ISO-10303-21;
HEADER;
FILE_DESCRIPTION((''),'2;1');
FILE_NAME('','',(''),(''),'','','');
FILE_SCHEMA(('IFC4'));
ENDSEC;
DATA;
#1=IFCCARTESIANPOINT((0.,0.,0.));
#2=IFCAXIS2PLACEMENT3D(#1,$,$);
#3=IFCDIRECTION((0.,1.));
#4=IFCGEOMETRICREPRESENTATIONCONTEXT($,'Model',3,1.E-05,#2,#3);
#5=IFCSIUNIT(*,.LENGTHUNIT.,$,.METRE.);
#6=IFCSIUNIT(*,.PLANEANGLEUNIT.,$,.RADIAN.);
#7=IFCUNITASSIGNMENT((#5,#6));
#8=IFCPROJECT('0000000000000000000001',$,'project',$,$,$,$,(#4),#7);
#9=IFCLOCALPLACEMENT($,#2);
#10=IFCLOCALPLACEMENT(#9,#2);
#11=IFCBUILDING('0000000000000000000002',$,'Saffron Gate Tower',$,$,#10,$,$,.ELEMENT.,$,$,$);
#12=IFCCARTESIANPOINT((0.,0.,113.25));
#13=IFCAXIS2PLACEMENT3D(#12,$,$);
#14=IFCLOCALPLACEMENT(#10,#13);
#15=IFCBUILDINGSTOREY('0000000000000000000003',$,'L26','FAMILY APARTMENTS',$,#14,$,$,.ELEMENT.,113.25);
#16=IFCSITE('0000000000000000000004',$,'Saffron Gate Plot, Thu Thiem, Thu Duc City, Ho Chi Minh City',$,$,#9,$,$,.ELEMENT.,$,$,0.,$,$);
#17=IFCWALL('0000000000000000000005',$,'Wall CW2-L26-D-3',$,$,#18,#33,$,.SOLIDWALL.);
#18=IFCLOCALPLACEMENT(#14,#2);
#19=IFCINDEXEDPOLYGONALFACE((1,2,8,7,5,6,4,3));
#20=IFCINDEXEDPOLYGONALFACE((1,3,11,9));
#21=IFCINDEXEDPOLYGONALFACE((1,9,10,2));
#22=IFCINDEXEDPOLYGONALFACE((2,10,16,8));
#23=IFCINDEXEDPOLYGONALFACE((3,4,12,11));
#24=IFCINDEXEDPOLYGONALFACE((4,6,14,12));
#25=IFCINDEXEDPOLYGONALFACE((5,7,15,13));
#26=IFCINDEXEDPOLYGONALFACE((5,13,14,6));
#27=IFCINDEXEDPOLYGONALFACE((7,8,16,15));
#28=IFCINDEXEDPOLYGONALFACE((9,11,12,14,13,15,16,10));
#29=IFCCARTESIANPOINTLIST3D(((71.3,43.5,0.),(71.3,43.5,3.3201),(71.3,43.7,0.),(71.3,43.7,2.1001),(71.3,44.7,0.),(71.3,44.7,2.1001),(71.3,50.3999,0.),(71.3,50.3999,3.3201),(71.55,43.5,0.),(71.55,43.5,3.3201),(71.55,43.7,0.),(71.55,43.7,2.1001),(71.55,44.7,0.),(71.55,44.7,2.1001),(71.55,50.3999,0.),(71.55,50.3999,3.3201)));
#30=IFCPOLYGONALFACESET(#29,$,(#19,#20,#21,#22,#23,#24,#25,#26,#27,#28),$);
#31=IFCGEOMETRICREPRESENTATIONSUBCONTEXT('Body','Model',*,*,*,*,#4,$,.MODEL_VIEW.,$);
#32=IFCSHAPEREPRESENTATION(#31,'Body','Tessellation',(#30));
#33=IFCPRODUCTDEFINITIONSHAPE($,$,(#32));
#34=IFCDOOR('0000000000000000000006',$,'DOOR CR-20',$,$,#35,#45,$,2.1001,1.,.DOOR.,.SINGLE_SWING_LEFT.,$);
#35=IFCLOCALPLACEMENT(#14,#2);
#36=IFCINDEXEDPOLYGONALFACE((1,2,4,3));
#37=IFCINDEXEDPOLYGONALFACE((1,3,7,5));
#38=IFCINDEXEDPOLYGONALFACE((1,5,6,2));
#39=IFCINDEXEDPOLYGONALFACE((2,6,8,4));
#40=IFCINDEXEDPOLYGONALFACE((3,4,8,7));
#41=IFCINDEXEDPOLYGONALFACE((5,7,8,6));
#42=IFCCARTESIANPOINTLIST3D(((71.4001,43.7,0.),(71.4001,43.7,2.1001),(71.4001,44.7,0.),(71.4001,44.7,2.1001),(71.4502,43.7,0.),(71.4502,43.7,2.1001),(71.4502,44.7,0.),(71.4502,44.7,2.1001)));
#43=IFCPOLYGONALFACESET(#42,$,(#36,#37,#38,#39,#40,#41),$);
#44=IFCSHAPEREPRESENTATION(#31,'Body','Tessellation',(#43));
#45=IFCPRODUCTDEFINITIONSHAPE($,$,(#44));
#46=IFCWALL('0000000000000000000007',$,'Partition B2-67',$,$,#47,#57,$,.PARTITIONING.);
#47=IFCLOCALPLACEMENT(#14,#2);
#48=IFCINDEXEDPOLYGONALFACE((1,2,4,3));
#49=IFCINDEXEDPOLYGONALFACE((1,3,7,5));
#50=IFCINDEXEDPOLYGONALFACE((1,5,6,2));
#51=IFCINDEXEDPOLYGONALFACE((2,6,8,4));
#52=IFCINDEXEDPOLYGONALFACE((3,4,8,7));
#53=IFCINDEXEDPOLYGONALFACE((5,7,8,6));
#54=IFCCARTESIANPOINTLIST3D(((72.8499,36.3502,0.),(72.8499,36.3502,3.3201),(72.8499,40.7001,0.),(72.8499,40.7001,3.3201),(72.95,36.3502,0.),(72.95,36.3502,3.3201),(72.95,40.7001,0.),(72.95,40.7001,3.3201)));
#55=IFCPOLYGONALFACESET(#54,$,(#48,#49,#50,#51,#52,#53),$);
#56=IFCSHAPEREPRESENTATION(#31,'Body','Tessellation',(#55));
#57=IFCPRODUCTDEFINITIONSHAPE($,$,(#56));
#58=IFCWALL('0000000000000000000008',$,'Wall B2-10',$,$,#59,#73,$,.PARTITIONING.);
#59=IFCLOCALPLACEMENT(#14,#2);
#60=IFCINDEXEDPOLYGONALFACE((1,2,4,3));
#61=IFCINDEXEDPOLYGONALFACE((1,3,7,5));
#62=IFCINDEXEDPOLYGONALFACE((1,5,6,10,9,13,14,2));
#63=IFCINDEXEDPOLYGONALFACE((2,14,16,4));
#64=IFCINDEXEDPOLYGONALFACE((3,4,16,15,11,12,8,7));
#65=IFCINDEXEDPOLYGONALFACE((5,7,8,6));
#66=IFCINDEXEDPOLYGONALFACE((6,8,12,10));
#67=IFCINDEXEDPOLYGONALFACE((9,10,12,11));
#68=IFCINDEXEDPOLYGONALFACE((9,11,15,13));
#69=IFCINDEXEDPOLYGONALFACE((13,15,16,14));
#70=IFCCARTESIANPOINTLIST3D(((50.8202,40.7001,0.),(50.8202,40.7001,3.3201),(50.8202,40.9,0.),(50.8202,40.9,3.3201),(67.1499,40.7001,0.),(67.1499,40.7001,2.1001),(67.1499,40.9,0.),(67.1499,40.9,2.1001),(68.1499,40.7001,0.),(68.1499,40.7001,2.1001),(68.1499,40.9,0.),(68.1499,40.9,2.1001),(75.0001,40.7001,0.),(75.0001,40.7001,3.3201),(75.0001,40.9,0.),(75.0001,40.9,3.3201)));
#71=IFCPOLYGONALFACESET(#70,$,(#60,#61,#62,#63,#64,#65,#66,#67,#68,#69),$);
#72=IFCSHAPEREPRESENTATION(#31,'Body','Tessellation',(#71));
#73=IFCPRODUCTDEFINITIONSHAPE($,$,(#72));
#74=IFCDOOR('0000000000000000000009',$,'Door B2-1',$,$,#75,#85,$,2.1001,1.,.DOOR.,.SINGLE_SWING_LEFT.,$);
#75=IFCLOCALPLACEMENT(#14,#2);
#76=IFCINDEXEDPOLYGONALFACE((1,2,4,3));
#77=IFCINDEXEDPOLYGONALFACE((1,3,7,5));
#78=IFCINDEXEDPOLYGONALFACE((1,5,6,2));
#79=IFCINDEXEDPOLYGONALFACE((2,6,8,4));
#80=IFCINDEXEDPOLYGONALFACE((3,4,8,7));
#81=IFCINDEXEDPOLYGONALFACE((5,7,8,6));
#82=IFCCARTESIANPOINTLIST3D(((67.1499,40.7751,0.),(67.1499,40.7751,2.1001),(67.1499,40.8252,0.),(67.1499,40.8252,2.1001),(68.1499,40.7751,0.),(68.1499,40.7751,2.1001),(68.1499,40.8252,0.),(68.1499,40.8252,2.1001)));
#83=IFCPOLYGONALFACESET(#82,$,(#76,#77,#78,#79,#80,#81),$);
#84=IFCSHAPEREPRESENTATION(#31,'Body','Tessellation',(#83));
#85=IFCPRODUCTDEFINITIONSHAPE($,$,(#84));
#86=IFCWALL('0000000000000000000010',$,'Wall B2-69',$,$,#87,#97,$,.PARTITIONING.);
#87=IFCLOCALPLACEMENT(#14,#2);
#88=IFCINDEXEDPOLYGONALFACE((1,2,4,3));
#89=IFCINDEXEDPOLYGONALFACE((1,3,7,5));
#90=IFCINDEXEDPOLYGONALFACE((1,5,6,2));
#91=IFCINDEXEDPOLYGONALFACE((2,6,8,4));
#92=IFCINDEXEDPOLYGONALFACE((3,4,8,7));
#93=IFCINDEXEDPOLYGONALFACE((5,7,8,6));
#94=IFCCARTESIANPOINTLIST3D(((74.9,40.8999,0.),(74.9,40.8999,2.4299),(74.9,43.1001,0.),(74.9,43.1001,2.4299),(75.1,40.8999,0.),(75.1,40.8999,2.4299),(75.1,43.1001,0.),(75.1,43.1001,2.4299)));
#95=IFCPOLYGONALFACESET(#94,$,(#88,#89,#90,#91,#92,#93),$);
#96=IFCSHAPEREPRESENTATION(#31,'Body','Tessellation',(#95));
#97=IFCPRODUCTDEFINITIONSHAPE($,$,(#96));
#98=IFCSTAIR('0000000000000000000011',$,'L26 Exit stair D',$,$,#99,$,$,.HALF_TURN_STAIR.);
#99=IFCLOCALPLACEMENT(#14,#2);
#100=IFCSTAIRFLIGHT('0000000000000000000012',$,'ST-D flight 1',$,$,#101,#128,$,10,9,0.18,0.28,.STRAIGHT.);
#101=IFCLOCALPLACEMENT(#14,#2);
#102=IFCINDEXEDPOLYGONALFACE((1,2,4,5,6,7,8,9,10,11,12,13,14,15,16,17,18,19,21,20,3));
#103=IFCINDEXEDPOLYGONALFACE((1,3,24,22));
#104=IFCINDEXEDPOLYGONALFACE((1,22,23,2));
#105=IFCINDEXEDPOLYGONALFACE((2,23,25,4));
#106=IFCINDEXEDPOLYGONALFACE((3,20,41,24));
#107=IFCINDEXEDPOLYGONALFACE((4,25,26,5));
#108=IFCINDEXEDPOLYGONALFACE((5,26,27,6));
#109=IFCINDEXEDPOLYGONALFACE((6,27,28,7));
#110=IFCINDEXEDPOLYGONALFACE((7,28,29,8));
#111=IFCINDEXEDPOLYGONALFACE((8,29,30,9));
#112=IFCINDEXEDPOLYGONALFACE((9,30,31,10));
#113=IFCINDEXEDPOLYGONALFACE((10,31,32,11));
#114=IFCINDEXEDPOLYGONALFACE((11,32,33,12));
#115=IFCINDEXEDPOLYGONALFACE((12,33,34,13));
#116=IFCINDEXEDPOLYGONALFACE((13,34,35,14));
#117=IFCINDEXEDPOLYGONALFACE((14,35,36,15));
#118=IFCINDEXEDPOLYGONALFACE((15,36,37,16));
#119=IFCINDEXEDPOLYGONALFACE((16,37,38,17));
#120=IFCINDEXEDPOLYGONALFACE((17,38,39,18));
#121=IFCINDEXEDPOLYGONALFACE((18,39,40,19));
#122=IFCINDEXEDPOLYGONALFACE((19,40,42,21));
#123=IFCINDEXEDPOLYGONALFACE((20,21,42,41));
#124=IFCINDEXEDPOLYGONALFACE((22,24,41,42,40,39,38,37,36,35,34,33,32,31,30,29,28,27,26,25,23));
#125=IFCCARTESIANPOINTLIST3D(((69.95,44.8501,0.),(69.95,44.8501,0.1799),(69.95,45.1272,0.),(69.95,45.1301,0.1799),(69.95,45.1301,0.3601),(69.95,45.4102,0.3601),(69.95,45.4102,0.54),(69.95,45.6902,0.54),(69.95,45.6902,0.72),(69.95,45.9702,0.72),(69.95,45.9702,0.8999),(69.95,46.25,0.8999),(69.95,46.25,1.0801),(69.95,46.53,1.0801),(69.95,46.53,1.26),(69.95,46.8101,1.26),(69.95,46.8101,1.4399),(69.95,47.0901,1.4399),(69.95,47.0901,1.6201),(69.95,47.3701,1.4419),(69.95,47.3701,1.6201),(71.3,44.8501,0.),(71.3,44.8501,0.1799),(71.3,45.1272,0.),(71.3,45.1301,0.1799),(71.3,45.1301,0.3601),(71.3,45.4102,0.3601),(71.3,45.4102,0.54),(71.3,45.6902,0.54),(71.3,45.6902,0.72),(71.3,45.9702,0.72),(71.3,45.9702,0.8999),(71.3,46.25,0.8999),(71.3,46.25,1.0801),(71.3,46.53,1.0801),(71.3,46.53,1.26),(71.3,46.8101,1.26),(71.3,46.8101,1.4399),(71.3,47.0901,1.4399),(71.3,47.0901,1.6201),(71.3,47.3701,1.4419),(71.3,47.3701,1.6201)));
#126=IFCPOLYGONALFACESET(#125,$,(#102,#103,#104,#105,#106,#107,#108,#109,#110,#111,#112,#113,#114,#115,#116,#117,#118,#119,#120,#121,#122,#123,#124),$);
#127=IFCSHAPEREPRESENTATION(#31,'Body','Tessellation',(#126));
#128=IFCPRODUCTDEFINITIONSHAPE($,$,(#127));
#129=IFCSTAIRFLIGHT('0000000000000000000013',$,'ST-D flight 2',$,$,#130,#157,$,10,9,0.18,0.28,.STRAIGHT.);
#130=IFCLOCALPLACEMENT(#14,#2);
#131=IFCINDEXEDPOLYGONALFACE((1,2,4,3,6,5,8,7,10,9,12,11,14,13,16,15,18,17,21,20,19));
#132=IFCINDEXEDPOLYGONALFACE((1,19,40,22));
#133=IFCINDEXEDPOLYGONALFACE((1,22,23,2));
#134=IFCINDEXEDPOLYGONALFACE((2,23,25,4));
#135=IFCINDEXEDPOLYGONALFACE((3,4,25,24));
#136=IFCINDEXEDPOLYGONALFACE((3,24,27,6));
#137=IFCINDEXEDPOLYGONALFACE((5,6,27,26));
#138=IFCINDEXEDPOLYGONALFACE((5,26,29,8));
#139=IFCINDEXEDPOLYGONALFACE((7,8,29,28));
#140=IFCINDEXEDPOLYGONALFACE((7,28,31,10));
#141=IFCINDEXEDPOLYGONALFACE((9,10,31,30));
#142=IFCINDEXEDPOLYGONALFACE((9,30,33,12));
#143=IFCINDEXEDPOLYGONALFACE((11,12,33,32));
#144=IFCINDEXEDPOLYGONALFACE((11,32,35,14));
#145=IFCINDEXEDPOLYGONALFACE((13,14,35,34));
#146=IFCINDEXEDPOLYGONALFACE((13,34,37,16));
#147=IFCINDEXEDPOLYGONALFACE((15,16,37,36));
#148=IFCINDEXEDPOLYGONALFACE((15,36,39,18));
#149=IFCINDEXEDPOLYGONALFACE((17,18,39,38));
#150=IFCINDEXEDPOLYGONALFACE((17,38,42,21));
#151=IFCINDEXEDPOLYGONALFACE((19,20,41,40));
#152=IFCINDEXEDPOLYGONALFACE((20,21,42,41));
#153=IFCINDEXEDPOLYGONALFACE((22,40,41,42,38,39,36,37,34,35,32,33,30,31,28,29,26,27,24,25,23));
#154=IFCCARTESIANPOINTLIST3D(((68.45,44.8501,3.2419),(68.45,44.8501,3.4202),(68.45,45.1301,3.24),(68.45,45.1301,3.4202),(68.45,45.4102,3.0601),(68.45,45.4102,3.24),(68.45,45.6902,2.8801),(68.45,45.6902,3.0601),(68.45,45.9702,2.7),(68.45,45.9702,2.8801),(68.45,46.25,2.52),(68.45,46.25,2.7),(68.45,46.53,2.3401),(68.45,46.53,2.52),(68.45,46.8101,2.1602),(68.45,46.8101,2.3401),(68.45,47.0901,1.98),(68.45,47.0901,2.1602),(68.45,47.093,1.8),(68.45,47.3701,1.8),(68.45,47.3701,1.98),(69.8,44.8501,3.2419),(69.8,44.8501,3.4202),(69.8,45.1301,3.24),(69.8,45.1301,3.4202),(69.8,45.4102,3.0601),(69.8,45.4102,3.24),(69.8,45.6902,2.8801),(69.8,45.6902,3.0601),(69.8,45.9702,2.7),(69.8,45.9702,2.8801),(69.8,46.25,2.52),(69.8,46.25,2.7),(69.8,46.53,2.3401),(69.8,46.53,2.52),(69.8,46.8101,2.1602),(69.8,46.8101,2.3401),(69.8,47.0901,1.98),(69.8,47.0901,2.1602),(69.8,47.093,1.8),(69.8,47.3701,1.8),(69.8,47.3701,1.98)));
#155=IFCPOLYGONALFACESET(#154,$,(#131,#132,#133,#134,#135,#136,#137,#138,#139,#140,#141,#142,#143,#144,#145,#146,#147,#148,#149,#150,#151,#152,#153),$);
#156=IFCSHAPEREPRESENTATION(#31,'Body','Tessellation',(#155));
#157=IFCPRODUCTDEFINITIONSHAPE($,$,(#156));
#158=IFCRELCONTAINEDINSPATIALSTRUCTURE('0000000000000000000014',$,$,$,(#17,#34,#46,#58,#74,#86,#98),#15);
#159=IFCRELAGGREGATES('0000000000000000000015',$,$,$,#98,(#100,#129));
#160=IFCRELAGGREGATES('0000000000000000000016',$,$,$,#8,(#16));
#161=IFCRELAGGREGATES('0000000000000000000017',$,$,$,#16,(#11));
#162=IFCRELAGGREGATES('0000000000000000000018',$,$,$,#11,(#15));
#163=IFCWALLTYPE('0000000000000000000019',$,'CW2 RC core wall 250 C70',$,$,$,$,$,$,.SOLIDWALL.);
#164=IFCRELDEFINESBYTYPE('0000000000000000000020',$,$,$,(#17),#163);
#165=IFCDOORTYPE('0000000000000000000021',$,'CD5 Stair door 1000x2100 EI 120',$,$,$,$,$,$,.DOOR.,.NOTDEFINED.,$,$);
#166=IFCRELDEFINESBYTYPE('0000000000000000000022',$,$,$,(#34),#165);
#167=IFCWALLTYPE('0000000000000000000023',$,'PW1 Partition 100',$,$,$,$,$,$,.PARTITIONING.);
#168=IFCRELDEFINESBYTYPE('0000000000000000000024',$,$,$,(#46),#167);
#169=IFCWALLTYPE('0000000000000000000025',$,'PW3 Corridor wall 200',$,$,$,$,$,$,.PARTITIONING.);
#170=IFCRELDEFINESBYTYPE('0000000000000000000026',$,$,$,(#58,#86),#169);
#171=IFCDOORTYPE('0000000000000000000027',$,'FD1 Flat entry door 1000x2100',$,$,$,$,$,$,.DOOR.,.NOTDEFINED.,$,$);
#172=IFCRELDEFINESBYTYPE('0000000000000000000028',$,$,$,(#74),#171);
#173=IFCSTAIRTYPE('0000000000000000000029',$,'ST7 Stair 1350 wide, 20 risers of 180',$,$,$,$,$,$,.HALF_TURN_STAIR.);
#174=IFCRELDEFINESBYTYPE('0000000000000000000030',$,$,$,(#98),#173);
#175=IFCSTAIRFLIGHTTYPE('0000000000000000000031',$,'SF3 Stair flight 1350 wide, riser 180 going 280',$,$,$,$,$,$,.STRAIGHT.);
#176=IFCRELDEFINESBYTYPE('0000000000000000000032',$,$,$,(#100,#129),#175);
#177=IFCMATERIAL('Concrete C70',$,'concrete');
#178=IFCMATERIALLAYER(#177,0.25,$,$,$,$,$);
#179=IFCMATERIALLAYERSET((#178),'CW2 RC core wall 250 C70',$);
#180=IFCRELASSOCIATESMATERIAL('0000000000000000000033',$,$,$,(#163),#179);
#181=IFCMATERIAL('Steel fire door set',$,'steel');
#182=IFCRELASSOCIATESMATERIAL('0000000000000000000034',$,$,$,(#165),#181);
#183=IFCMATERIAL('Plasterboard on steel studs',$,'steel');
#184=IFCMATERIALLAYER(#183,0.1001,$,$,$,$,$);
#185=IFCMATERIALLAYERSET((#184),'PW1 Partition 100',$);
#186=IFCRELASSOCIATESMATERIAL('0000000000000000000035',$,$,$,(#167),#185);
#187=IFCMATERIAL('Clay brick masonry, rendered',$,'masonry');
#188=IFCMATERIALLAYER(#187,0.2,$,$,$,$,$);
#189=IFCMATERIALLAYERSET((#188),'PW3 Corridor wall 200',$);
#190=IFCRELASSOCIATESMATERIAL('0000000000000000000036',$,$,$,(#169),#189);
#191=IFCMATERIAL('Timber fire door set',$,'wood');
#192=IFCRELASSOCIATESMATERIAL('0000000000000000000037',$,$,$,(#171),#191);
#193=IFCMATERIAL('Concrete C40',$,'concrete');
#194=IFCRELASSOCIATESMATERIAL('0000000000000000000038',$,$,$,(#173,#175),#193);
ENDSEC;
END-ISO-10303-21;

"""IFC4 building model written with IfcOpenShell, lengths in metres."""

from ifc_helpers import new_model, si_unit, direction, frame, frame_2d, origin, place, context, subcontext, project, spatial, polyline, rectangle, outline, extrude, material, layer, layer_set, type_object, element, fill, aggregate, save


model = new_model("IFC4")

# Units and contexts
model_context = context("Model", 3, precision=1e-05, world=origin(), true_north=direction((0.0, 1.0)))
body_context = subcontext(model_context, "Body", "Model", "MODEL_VIEW")
ifc_project = project(units=[si_unit("LENGTHUNIT", "METRE"), si_unit("PLANEANGLEUNIT", "RADIAN")], contexts=[model_context])

# Site, building, storey
site_placement = place(None, origin())
site = spatial("IfcSite", under=ifc_project, at=site_placement, Name="Saffron Gate Plot, Thu Thiem, Thu Duc City, Ho Chi Minh City", CompositionType="ELEMENT", RefElevation=0.0)
building_placement = place(site_placement, origin())
building = spatial("IfcBuilding", under=site, at=building_placement, Name="Saffron Gate Tower", CompositionType="ELEMENT")
storey_placement = place(building_placement, frame((0.0, 0.0, 113.25)))
storey = spatial("IfcBuildingStorey", under=building, at=storey_placement, Name="L26", Description="FAMILY APARTMENTS", CompositionType="ELEMENT", Elevation=113.25)

# Wall, opening, door
ifc_material_1 = material(Name="Steel fire door set", Category="steel")
ifc_material_2 = material(Name="Concrete C70", Category="concrete")
ifc_layer_1 = layer(ifc_material_2, 0.25)
ifc_layer_set_1 = layer_set([ifc_layer_1], Name="CW2 RC core wall 250 C70")
wall_type_1 = type_object("IfcWallType", Name="CW2 RC core wall 250 C70", PredefinedType="SOLIDWALL", material=ifc_layer_set_1)
wall_1_placement = place(storey_placement, frame((71.425, 43.5, 0.0), z_axis=(0.0, 0.0, 1.0), x_axis=(0.0, 1.0, 0.0)))
wall_1 = element("IfcWall", 1, at=wall_1_placement, inside=storey, type_object=wall_type_1, Name="Wall CW2-L26-D-3", PredefinedType="SOLIDWALL", context=body_context, shape_type="SweptSolid", body=[
    extrude(rectangle(XDim=6.8999, YDim=0.25, at=frame_2d((3.45, 0.0))), origin(), (0.0, 0.0, 1.0), 3.3201),
])
opening_1_placement = place(wall_1_placement, frame((0.2, 0.0, 0.0)))
opening_1 = element("IfcOpeningElement", 2, at=opening_1_placement, cuts=wall_1, PredefinedType="OPENING", context=body_context, shape_type="SweptSolid", body=[
    extrude(rectangle(XDim=1.0, YDim=2.1001, at=frame_2d((0.5, 1.05))), frame((0.0, 0.135, 0.0), z_axis=(0.0, -1.0, 0.0), x_axis=(1.0, 0.0, 0.0)), (0.0, 0.0, 1.0), 0.27),
])
door_type_1 = type_object("IfcDoorType", Name="CD5 Stair door 1000x2100 EI 120", OperationType="NOTDEFINED", PredefinedType="DOOR", material=ifc_material_1)
door_1_placement = place(opening_1_placement, origin())
door_1 = element("IfcDoor", 3, at=door_1_placement, inside=storey, type_object=door_type_1, Name="DOOR CR-20", OperationType="SINGLE_SWING_LEFT", OverallHeight=2.1001, OverallWidth=1.0, PredefinedType="DOOR", context=body_context, shape_type="SweptSolid", body=[
    extrude(rectangle(XDim=1.0, YDim=2.1001, at=frame_2d((0.5, 1.05))), frame((0.0, 0.0249, 0.0), z_axis=(0.0, -1.0, 0.0), x_axis=(1.0, 0.0, 0.0)), (0.0, 0.0, 1.0), 0.05),
])
fill(opening_1, door_1)

# Wall
ifc_material_3 = material(Name="Plasterboard on steel studs", Category="steel")
ifc_layer_2 = layer(ifc_material_3, 0.1001)
ifc_layer_set_2 = layer_set([ifc_layer_2], Name="PW1 Partition 100")
wall_type_2 = type_object("IfcWallType", Name="PW1 Partition 100", PredefinedType="PARTITIONING", material=ifc_layer_set_2)
wall_2_placement = place(storey_placement, frame((72.8999, 40.7, 0.0), z_axis=(0.0, 0.0, 1.0), x_axis=(0.0, -1.0, 0.0)))
element("IfcWall", 4, at=wall_2_placement, inside=storey, type_object=wall_type_2, Name="Partition B2-67", PredefinedType="PARTITIONING", context=body_context, shape_type="SweptSolid", body=[
    extrude(rectangle(XDim=4.3499, YDim=0.1001, at=frame_2d((2.1748, 0.0))), origin(), (0.0, 0.0, 1.0), 3.3201),
])

# Wall, opening, door
ifc_material_4 = material(Name="Clay brick masonry, rendered", Category="masonry")
ifc_layer_3 = layer(ifc_material_4, 0.2)
ifc_layer_set_3 = layer_set([ifc_layer_3], Name="PW3 Corridor wall 200")
wall_type_3 = type_object("IfcWallType", Name="PW3 Corridor wall 200", PredefinedType="PARTITIONING", material=ifc_layer_set_3)
wall_3_placement = place(storey_placement, frame((75.0, 40.8, 0.0), z_axis=(0.0, 0.0, 1.0), x_axis=(-1.0, 0.0, 0.0)))
wall_3 = element("IfcWall", 5, at=wall_3_placement, inside=storey, type_object=wall_type_3, Name="Wall B2-10", PredefinedType="PARTITIONING", context=body_context, shape_type="SweptSolid", body=[
    extrude(rectangle(XDim=24.1799, YDim=0.2, at=frame_2d((12.0898, 0.0))), origin(), (0.0, 0.0, 1.0), 3.3201),
])
opening_2_placement = place(wall_3_placement, frame((6.8501, 0.0, 0.0)))
opening_2 = element("IfcOpeningElement", 6, at=opening_2_placement, cuts=wall_3, PredefinedType="OPENING", context=body_context, shape_type="SweptSolid", body=[
    extrude(rectangle(XDim=1.0, YDim=2.1001, at=frame_2d((0.5, 1.05))), frame((0.0, 0.1099, 0.0), z_axis=(0.0, -1.0, 0.0), x_axis=(1.0, 0.0, 0.0)), (0.0, 0.0, 1.0), 0.22),
])
ifc_material_5 = material(Name="Timber fire door set", Category="wood")
door_type_2 = type_object("IfcDoorType", Name="FD1 Flat entry door 1000x2100", OperationType="NOTDEFINED", PredefinedType="DOOR", material=ifc_material_5)
door_2_placement = place(opening_2_placement, origin())
door_2 = element("IfcDoor", 7, at=door_2_placement, inside=storey, type_object=door_type_2, Name="Door B2-1", OperationType="SINGLE_SWING_LEFT", OverallHeight=2.1001, OverallWidth=1.0, PredefinedType="DOOR", context=body_context, shape_type="SweptSolid", body=[
    extrude(rectangle(XDim=1.0, YDim=2.1001, at=frame_2d((0.5, 1.05))), frame((0.0, 0.0249, 0.0), z_axis=(0.0, -1.0, 0.0), x_axis=(1.0, 0.0, 0.0)), (0.0, 0.0, 1.0), 0.05),
])
fill(opening_2, door_2)

# Wall
wall_4_placement = place(storey_placement, frame((75.0, 43.1001, 0.0), z_axis=(0.0, 0.0, 1.0), x_axis=(0.0, -1.0, 0.0)))
element("IfcWall", 8, at=wall_4_placement, inside=storey, type_object=wall_type_3, Name="Wall B2-69", PredefinedType="PARTITIONING", context=body_context, shape_type="SweptSolid", body=[
    extrude(rectangle(XDim=2.2002, YDim=0.2, at=frame_2d((1.1001, 0.0))), origin(), (0.0, 0.0, 1.0), 2.4299),
])

# Stair, stair flights
ifc_material_6 = material(Name="Concrete C40", Category="concrete")
stair_type = type_object("IfcStairType", Name="ST7 Stair 1350 wide, 20 risers of 180", PredefinedType="HALF_TURN_STAIR", material=ifc_material_6)
stair_placement = place(storey_placement, origin())
stair = element("IfcStair", 9, at=stair_placement, inside=storey, type_object=stair_type, Name="L26 Exit stair D", PredefinedType="HALF_TURN_STAIR")
stair_flight_type = type_object("IfcStairFlightType", Name="SF3 Stair flight 1350 wide, riser 180 going 280", PredefinedType="STRAIGHT", material=ifc_material_6)
stair_flight_1_placement = place(storey_placement, frame((70.625, 44.8501, 0.0), z_axis=(0.0, 0.0, 1.0), x_axis=(0.0, 1.0, 0.0)))
stair_flight_1 = element("IfcStairFlight", 10, at=stair_flight_1_placement, type_object=stair_flight_type, Name="ST-D flight 1", NumberOfRisers=10, NumberOfTreads=9, PredefinedType="STRAIGHT", RiserHeight=0.18, TreadLength=0.28, context=body_context, shape_type="SweptSolid", body=[
    extrude(outline(polyline([(0.0, 0.0), (0.0, 0.1799), (0.28, 0.1799), (0.28, 0.3601), (0.5601, 0.3601), (0.5601, 0.54), (0.8401, 0.54), (0.8401, 0.72), (1.1201, 0.72), (1.1201, 0.8999), (1.3999, 0.8999), (1.3999, 1.0801), (1.6799, 1.0801), (1.6799, 1.26), (1.96, 1.26), (1.96, 1.4399), (2.24, 1.4399), (2.24, 1.6201), (2.52, 1.6201), (2.52, 1.8), (2.52, 1.4419), (0.2771, 0.0), (0.0, 0.0)])), frame((0.0, 0.675, 0.0), z_axis=(0.0, -1.0, 0.0), x_axis=(1.0, 0.0, 0.0)), (0.0, 0.0, 1.0), 1.3501),
])
stair_flight_2_placement = place(storey_placement, frame((69.125, 47.3701, 1.8), z_axis=(0.0, 0.0, 1.0), x_axis=(0.0, -1.0, 0.0)))
stair_flight_2 = element("IfcStairFlight", 11, at=stair_flight_2_placement, type_object=stair_flight_type, Name="ST-D flight 2", NumberOfRisers=10, NumberOfTreads=9, PredefinedType="STRAIGHT", RiserHeight=0.18, TreadLength=0.28, context=body_context, shape_type="SweptSolid", body=[
    extrude(outline(polyline([(0.0, 0.0), (0.0, 0.1799), (0.28, 0.1799), (0.28, 0.3601), (0.5601, 0.3601), (0.5601, 0.54), (0.8401, 0.54), (0.8401, 0.72), (1.1201, 0.72), (1.1201, 0.8999), (1.3999, 0.8999), (1.3999, 1.0801), (1.6799, 1.0801), (1.6799, 1.26), (1.96, 1.26), (1.96, 1.4399), (2.24, 1.4399), (2.24, 1.6201), (2.52, 1.6201), (2.52, 1.8), (2.52, 1.4419), (0.2771, 0.0), (0.0, 0.0)])), frame((0.0, 0.675, 0.0), z_axis=(0.0, -1.0, 0.0), x_axis=(1.0, 0.0, 0.0)), (0.0, 0.0, 1.0), 1.3501),
])
aggregate(stair, [stair_flight_1, stair_flight_2])

save(model, "model.ifc")
